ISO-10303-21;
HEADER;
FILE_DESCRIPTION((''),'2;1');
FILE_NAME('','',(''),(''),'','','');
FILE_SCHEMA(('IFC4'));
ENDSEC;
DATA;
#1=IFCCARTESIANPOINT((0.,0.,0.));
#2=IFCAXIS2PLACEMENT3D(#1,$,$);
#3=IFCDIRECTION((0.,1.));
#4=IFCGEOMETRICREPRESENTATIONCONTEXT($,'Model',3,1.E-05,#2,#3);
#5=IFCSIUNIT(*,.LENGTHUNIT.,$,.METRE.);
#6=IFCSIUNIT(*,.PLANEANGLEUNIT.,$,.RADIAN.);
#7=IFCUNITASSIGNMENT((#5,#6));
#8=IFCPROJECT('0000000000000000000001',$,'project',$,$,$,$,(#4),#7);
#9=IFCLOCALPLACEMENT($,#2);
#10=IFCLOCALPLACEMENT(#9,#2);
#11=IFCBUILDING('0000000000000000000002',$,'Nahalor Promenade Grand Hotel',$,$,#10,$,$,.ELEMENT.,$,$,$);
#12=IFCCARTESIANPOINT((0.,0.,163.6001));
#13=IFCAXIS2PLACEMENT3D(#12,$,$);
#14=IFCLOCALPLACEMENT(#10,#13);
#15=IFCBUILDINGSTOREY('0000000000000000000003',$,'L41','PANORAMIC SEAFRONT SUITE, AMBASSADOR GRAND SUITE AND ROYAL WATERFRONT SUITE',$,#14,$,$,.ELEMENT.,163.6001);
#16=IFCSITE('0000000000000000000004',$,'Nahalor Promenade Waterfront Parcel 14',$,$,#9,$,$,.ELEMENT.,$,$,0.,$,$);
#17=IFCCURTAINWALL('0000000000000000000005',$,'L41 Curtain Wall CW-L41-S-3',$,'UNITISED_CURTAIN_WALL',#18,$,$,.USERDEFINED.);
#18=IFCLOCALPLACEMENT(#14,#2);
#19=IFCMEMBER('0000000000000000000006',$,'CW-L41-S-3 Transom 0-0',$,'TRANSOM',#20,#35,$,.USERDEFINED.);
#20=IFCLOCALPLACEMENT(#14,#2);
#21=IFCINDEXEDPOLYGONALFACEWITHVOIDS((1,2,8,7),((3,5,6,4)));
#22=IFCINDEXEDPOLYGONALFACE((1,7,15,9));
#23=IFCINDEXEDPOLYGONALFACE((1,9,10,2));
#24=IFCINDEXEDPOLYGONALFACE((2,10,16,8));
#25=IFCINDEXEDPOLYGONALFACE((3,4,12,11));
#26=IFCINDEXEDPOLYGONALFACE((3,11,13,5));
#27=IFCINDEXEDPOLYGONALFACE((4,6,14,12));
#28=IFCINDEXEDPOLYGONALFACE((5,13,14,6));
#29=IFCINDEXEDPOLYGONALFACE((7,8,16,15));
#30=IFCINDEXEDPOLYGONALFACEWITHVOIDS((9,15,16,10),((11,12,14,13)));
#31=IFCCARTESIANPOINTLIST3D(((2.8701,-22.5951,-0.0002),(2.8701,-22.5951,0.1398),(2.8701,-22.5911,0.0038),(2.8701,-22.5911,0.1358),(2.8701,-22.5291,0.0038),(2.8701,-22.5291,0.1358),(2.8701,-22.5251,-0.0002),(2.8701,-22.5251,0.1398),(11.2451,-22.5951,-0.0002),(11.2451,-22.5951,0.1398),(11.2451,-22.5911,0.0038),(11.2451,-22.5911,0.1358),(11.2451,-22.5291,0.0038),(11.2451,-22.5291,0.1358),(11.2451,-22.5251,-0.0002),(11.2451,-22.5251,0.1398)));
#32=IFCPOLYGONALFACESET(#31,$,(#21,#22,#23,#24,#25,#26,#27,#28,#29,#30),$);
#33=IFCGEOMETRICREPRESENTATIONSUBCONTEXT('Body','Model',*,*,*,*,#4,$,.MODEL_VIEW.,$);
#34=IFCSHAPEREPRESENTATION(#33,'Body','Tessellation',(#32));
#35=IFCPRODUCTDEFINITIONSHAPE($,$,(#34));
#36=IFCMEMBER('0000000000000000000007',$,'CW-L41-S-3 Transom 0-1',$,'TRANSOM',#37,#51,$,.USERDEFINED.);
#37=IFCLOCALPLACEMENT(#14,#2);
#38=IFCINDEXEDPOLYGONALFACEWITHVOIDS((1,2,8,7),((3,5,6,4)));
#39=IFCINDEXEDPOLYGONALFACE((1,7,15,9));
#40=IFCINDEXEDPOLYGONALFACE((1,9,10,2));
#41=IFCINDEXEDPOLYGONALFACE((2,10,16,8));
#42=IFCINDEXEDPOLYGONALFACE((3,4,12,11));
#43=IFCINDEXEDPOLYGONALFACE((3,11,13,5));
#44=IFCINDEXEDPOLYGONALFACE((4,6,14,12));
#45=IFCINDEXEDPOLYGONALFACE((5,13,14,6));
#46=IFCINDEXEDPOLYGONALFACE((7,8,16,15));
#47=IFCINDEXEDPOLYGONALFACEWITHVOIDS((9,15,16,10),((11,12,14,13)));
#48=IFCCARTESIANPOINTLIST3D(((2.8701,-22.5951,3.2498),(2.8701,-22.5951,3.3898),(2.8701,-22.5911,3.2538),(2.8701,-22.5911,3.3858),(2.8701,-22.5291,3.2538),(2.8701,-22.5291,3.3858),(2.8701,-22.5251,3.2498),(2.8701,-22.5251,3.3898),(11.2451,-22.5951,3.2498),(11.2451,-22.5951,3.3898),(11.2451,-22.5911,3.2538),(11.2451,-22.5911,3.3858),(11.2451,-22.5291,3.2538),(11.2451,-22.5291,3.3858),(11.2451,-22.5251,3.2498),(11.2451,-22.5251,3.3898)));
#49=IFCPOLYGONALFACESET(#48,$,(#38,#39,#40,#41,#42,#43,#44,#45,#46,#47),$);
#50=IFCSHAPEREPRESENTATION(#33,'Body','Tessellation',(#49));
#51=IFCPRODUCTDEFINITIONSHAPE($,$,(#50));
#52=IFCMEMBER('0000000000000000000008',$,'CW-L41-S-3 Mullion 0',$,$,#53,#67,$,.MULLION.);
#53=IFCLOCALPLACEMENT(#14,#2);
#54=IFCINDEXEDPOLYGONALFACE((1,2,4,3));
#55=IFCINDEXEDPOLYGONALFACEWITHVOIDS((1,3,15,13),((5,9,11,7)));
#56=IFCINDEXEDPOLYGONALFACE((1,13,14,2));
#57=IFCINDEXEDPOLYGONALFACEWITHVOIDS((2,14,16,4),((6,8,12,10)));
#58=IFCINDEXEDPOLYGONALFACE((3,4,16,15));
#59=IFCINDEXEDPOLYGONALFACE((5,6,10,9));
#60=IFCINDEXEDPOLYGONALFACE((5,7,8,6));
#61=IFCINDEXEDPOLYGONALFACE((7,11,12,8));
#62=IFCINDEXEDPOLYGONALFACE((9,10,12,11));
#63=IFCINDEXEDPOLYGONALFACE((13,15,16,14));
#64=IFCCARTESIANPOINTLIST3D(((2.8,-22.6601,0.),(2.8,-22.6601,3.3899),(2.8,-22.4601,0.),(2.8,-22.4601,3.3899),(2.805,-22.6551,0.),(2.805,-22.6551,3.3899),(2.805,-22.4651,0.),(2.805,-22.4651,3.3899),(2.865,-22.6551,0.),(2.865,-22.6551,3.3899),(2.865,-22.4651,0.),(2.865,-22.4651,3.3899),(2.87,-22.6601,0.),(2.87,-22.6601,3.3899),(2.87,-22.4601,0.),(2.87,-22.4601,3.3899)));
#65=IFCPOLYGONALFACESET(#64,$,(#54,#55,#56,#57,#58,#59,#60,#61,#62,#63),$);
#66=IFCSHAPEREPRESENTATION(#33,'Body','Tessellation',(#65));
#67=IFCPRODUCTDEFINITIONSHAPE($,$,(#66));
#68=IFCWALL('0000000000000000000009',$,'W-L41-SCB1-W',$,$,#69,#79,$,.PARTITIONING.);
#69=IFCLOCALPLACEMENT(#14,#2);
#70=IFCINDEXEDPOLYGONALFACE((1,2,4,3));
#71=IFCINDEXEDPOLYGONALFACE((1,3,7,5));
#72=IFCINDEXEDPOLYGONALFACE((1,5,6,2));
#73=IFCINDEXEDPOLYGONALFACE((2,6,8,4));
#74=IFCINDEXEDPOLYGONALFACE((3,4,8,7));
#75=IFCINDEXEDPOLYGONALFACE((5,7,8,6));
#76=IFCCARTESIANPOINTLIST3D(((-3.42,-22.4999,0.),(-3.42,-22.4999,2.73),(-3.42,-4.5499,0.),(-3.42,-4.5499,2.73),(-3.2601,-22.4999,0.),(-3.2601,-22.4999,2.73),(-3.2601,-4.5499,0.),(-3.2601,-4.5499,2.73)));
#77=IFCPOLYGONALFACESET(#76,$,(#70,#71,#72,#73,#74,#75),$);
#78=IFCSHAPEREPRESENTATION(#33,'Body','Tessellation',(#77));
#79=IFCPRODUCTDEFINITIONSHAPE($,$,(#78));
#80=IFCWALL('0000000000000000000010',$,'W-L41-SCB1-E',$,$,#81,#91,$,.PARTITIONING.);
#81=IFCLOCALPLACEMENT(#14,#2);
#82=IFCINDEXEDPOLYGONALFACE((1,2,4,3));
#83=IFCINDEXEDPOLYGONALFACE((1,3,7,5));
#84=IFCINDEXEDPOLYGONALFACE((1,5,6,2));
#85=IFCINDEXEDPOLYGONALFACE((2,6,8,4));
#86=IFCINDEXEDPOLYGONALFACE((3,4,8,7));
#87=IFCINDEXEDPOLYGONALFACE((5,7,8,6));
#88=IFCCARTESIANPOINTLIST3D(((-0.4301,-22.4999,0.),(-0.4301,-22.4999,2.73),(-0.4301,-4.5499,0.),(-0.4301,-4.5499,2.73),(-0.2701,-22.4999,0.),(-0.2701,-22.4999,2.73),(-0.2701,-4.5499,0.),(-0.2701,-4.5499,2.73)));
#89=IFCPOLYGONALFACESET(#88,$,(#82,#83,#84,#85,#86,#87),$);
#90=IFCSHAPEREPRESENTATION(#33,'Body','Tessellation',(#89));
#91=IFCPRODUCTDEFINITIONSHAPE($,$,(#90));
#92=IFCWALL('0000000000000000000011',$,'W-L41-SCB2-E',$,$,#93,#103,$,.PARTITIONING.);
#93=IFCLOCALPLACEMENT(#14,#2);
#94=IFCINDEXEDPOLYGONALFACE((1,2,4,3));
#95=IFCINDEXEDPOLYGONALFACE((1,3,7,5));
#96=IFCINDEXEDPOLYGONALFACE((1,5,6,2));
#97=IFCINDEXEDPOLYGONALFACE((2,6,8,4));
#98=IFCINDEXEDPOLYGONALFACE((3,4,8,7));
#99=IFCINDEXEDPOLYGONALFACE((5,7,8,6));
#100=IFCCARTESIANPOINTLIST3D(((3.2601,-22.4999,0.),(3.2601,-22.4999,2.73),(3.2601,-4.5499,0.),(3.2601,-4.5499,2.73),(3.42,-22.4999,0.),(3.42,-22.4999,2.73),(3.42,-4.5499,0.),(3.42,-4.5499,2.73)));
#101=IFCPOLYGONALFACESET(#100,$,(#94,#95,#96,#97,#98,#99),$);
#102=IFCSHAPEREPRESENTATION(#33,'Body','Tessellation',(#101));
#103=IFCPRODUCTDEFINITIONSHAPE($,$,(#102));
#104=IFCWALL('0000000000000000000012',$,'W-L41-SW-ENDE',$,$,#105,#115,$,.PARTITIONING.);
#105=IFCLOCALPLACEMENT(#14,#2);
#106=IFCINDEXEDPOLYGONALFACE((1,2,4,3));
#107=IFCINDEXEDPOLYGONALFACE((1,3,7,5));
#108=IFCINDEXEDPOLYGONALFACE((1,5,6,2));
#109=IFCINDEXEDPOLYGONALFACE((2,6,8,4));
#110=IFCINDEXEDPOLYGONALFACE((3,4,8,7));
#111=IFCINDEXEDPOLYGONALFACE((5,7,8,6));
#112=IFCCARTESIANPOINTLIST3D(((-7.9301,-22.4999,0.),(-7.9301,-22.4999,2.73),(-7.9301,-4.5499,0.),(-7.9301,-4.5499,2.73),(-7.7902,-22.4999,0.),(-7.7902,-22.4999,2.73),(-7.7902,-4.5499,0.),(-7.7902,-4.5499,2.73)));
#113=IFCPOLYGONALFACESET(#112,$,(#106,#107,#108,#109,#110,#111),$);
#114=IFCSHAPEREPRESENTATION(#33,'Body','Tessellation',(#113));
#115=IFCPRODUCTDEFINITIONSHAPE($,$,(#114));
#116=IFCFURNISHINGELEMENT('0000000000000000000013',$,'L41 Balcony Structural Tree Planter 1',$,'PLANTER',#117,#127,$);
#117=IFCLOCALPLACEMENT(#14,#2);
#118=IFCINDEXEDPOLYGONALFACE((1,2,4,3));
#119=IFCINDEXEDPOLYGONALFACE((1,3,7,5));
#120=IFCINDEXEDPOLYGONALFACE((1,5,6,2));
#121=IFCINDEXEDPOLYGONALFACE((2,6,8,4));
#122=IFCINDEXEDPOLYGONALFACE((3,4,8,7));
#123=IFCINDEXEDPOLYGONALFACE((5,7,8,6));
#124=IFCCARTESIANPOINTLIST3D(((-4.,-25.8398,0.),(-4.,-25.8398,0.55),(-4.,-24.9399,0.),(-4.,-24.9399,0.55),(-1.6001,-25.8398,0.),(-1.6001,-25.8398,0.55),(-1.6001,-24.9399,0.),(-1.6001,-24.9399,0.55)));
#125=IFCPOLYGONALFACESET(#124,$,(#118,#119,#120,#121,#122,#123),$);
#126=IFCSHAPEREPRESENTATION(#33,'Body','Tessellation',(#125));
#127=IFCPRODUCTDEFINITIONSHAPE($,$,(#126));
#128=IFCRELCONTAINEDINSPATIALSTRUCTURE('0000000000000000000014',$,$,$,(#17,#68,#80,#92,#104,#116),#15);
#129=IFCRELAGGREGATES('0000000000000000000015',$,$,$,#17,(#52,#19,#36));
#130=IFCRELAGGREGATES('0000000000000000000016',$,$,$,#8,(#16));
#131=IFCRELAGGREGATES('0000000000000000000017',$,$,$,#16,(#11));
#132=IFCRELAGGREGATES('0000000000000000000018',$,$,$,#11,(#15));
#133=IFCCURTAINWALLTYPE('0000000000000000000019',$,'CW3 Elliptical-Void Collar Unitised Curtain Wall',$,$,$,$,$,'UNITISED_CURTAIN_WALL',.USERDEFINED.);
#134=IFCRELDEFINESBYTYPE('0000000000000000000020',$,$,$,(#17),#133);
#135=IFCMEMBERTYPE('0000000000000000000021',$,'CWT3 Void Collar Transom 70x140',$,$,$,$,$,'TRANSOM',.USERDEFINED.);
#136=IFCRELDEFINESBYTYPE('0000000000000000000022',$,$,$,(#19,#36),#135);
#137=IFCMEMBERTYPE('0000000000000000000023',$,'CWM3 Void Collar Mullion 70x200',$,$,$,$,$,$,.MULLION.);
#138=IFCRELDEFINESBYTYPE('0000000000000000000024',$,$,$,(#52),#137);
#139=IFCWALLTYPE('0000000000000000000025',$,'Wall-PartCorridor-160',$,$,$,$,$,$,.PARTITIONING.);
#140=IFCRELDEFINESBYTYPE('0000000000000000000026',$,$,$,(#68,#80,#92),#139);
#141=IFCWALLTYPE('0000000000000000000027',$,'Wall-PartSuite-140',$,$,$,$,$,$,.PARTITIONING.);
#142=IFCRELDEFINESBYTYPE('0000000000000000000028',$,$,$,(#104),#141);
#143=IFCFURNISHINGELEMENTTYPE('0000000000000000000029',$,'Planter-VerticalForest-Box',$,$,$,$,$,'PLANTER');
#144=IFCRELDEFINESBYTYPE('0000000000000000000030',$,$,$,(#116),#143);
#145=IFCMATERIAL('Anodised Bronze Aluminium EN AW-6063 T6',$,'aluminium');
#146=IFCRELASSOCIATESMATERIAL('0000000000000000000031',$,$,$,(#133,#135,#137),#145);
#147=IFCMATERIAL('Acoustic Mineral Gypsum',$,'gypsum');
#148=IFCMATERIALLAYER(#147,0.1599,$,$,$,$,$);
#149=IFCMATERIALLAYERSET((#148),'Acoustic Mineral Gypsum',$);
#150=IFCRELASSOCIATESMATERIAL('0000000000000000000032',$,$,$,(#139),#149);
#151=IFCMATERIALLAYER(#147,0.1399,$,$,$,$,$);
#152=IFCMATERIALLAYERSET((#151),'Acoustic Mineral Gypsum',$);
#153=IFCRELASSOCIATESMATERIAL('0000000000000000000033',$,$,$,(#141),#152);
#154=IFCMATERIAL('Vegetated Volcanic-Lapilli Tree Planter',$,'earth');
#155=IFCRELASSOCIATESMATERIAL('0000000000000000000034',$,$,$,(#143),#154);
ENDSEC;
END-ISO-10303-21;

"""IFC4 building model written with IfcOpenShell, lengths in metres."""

from ifc_helpers import new_model, si_unit, direction, frame, frame_2d, origin, origin_2d, place, context, subcontext, project, spatial, rectangle, hollow_rectangle, extrude, source, transform, mapped, material, layer, layer_set, material_profile, profile_set, type_object, element, aggregate, save


model = new_model("IFC4")

# Units and contexts
model_context = context("Model", 3, precision=1e-05, world=origin(), true_north=direction((0.0, 1.0)))
body_context = subcontext(model_context, "Body", "Model", "MODEL_VIEW")
ifc_project = project(units=[si_unit("LENGTHUNIT", "METRE"), si_unit("PLANEANGLEUNIT", "RADIAN")], contexts=[model_context])

# Site, building, storey
site_placement = place(None, origin())
site = spatial("IfcSite", under=ifc_project, at=site_placement, Name="Nahalor Promenade Waterfront Parcel 14", CompositionType="ELEMENT", RefElevation=0.0)
building_placement = place(site_placement, origin())
building = spatial("IfcBuilding", under=site, at=building_placement, Name="Nahalor Promenade Grand Hotel", CompositionType="ELEMENT")
storey_placement = place(building_placement, frame((0.0, 0.0, 163.6001)))
storey = spatial("IfcBuildingStorey", under=building, at=storey_placement, Name="L41", Description="PANORAMIC SEAFRONT SUITE, AMBASSADOR GRAND SUITE AND ROYAL WATERFRONT SUITE", CompositionType="ELEMENT", Elevation=163.6001)

# Curtain wall, members
ifc_material_1 = material(Name="Anodised Bronze Aluminium EN AW-6063 T6", Category="aluminium")
curtain_wall_type = type_object("IfcCurtainWallType", Name="CW3 Elliptical-Void Collar Unitised Curtain Wall", ElementType="UNITISED_CURTAIN_WALL", PredefinedType="USERDEFINED", material=ifc_material_1)
curtain_wall_placement = place(storey_placement, origin())
curtain_wall = element("IfcCurtainWall", 1, at=curtain_wall_placement, inside=storey, type_object=curtain_wall_type, Name="L41 Curtain Wall CW-L41-S-3", ObjectType="UNITISED_CURTAIN_WALL", PredefinedType="USERDEFINED")
ifc_material_profile_1 = material_profile(ifc_material_1, hollow_rectangle(XDim=0.07, YDim=0.14, WallThickness=0.004, at=origin_2d()), Name="CWT 70x140x4")
ifc_profile_set_1 = profile_set([ifc_material_profile_1], Name="Anodised Bronze Aluminium EN AW-6063 T6")
member_type_1 = type_object("IfcMemberType", Name="CWT3 Void Collar Transom 70x140", ElementType="TRANSOM", PredefinedType="USERDEFINED", material=ifc_profile_set_1)
shared_shape_1 = source(origin(), body_context, "Body", "SweptSolid", [
    extrude(hollow_rectangle(XDim=0.07, YDim=0.14, WallThickness=0.004, at=origin_2d()), origin(), (0.0, 0.0, 1.0), 8.375),
])
member_1_placement = place(storey_placement, frame((2.8701, -22.5601, 0.0698), z_axis=(1.0, 0.0, 0.0), x_axis=(0.0, 1.0, 0.0)))
member_1 = element("IfcMember", 2, at=member_1_placement, type_object=member_type_1, Name="CW-L41-S-3 Transom 0-0", ObjectType="TRANSOM", PredefinedType="USERDEFINED", context=body_context, shape_type="MappedRepresentation", body=[
    mapped(shared_shape_1, transform((0.0, 0.0, 0.0), scale=1.0)),
])
member_2_placement = place(storey_placement, frame((2.8701, -22.5601, 3.3198), z_axis=(1.0, 0.0, 0.0), x_axis=(0.0, 1.0, 0.0)))
member_2 = element("IfcMember", 3, at=member_2_placement, type_object=member_type_1, Name="CW-L41-S-3 Transom 0-1", ObjectType="TRANSOM", PredefinedType="USERDEFINED", context=body_context, shape_type="MappedRepresentation", body=[
    mapped(shared_shape_1, transform((0.0, 0.0, 0.0), scale=1.0)),
])
ifc_material_profile_2 = material_profile(ifc_material_1, hollow_rectangle(XDim=0.07, YDim=0.2, WallThickness=0.005, at=origin_2d()), Name="CWM 70x200x5")
ifc_profile_set_2 = profile_set([ifc_material_profile_2], Name="Anodised Bronze Aluminium EN AW-6063 T6")
member_type_2 = type_object("IfcMemberType", Name="CWM3 Void Collar Mullion 70x200", PredefinedType="MULLION", material=ifc_profile_set_2)
shared_shape_2 = source(origin(), body_context, "Body", "SweptSolid", [
    extrude(hollow_rectangle(XDim=0.07, YDim=0.2, WallThickness=0.005, at=origin_2d()), origin(), (0.0, 0.0, 1.0), 3.3899),
])
member_3_placement = place(storey_placement, frame((2.835, -22.5601, 0.0), z_axis=(0.0, 0.0, 1.0), x_axis=(1.0, 0.0, 0.0)))
member_3 = element("IfcMember", 4, at=member_3_placement, type_object=member_type_2, Name="CW-L41-S-3 Mullion 0", PredefinedType="MULLION", context=body_context, shape_type="MappedRepresentation", body=[
    mapped(shared_shape_2, transform((0.0, 0.0, 0.0), scale=1.0)),
])
aggregate(curtain_wall, [member_3, member_1, member_2])

# Walls
ifc_material_2 = material(Name="Acoustic Mineral Gypsum", Category="gypsum")
ifc_layer_1 = layer(ifc_material_2, 0.1599)
ifc_layer_set_1 = layer_set([ifc_layer_1], Name="Acoustic Mineral Gypsum")
wall_type_1 = type_object("IfcWallType", Name="Wall-PartCorridor-160", PredefinedType="PARTITIONING", material=ifc_layer_set_1)
shared_shape_3 = source(origin(), body_context, "Body", "SweptSolid", [
    extrude(rectangle(XDim=17.95, YDim=0.1599, at=frame_2d((8.9751, 0.0))), origin(), (0.0, 0.0, 1.0), 2.73),
])
for number, where, z_axis, x_axis, name in (
    (5, (-3.3401, -22.5, 0.0), (0.0, 0.0, 1.0), (0.0, 1.0, 0.0), "W-L41-SCB1-W"),
    (6, (-0.3501, -22.5, 0.0), (0.0, 0.0, 1.0), (0.0, 1.0, 0.0), "W-L41-SCB1-E"),
    (7, (3.3401, -22.5, 0.0), (0.0, 0.0, 1.0), (0.0, 1.0, 0.0), "W-L41-SCB2-E"),
):
    element("IfcWall", number, at=place(storey_placement, frame(where, z_axis=z_axis, x_axis=x_axis)), inside=storey, type_object=wall_type_1, Name=name, PredefinedType="PARTITIONING", context=body_context, shape_type="MappedRepresentation", body=[
        mapped(shared_shape_3, transform((0.0, 0.0, 0.0), scale=1.0)),
    ])
ifc_layer_2 = layer(ifc_material_2, 0.1399)
ifc_layer_set_2 = layer_set([ifc_layer_2], Name="Acoustic Mineral Gypsum")
wall_type_2 = type_object("IfcWallType", Name="Wall-PartSuite-140", PredefinedType="PARTITIONING", material=ifc_layer_set_2)
shared_shape_4 = source(origin(), body_context, "Body", "SweptSolid", [
    extrude(rectangle(XDim=17.95, YDim=0.1399, at=frame_2d((8.9751, 0.0))), origin(), (0.0, 0.0, 1.0), 2.73),
])
wall_placement = place(storey_placement, frame((-7.8601, -22.5, 0.0), z_axis=(0.0, 0.0, 1.0), x_axis=(0.0, 1.0, 0.0)))
element("IfcWall", 8, at=wall_placement, inside=storey, type_object=wall_type_2, Name="W-L41-SW-ENDE", PredefinedType="PARTITIONING", context=body_context, shape_type="MappedRepresentation", body=[
    mapped(shared_shape_4, transform((0.0, 0.0, 0.0), scale=1.0)),
])

# Furnishing element
ifc_material_3 = material(Name="Vegetated Volcanic-Lapilli Tree Planter", Category="earth")
furnishing_element_type = type_object("IfcFurnishingElementType", Name="Planter-VerticalForest-Box", ElementType="PLANTER", material=ifc_material_3)
shared_shape_5 = source(origin(), body_context, "Body", "SweptSolid", [
    extrude(rectangle(XDim=2.3999, YDim=0.8999, at=origin_2d()), origin(), (0.0, 0.0, 1.0), 0.55),
])
furnishing_placement = place(storey_placement, frame((-2.8, -25.3899, 0.0), z_axis=(0.0, 0.0, 1.0), x_axis=(1.0, 0.0, 0.0)))
element("IfcFurnishingElement", 9, at=furnishing_placement, inside=storey, type_object=furnishing_element_type, Name="L41 Balcony Structural Tree Planter 1", ObjectType="PLANTER", context=body_context, shape_type="MappedRepresentation", body=[
    mapped(shared_shape_5, transform((0.0, 0.0, 0.0), scale=1.0)),
])

save(model, "model.ifc")
